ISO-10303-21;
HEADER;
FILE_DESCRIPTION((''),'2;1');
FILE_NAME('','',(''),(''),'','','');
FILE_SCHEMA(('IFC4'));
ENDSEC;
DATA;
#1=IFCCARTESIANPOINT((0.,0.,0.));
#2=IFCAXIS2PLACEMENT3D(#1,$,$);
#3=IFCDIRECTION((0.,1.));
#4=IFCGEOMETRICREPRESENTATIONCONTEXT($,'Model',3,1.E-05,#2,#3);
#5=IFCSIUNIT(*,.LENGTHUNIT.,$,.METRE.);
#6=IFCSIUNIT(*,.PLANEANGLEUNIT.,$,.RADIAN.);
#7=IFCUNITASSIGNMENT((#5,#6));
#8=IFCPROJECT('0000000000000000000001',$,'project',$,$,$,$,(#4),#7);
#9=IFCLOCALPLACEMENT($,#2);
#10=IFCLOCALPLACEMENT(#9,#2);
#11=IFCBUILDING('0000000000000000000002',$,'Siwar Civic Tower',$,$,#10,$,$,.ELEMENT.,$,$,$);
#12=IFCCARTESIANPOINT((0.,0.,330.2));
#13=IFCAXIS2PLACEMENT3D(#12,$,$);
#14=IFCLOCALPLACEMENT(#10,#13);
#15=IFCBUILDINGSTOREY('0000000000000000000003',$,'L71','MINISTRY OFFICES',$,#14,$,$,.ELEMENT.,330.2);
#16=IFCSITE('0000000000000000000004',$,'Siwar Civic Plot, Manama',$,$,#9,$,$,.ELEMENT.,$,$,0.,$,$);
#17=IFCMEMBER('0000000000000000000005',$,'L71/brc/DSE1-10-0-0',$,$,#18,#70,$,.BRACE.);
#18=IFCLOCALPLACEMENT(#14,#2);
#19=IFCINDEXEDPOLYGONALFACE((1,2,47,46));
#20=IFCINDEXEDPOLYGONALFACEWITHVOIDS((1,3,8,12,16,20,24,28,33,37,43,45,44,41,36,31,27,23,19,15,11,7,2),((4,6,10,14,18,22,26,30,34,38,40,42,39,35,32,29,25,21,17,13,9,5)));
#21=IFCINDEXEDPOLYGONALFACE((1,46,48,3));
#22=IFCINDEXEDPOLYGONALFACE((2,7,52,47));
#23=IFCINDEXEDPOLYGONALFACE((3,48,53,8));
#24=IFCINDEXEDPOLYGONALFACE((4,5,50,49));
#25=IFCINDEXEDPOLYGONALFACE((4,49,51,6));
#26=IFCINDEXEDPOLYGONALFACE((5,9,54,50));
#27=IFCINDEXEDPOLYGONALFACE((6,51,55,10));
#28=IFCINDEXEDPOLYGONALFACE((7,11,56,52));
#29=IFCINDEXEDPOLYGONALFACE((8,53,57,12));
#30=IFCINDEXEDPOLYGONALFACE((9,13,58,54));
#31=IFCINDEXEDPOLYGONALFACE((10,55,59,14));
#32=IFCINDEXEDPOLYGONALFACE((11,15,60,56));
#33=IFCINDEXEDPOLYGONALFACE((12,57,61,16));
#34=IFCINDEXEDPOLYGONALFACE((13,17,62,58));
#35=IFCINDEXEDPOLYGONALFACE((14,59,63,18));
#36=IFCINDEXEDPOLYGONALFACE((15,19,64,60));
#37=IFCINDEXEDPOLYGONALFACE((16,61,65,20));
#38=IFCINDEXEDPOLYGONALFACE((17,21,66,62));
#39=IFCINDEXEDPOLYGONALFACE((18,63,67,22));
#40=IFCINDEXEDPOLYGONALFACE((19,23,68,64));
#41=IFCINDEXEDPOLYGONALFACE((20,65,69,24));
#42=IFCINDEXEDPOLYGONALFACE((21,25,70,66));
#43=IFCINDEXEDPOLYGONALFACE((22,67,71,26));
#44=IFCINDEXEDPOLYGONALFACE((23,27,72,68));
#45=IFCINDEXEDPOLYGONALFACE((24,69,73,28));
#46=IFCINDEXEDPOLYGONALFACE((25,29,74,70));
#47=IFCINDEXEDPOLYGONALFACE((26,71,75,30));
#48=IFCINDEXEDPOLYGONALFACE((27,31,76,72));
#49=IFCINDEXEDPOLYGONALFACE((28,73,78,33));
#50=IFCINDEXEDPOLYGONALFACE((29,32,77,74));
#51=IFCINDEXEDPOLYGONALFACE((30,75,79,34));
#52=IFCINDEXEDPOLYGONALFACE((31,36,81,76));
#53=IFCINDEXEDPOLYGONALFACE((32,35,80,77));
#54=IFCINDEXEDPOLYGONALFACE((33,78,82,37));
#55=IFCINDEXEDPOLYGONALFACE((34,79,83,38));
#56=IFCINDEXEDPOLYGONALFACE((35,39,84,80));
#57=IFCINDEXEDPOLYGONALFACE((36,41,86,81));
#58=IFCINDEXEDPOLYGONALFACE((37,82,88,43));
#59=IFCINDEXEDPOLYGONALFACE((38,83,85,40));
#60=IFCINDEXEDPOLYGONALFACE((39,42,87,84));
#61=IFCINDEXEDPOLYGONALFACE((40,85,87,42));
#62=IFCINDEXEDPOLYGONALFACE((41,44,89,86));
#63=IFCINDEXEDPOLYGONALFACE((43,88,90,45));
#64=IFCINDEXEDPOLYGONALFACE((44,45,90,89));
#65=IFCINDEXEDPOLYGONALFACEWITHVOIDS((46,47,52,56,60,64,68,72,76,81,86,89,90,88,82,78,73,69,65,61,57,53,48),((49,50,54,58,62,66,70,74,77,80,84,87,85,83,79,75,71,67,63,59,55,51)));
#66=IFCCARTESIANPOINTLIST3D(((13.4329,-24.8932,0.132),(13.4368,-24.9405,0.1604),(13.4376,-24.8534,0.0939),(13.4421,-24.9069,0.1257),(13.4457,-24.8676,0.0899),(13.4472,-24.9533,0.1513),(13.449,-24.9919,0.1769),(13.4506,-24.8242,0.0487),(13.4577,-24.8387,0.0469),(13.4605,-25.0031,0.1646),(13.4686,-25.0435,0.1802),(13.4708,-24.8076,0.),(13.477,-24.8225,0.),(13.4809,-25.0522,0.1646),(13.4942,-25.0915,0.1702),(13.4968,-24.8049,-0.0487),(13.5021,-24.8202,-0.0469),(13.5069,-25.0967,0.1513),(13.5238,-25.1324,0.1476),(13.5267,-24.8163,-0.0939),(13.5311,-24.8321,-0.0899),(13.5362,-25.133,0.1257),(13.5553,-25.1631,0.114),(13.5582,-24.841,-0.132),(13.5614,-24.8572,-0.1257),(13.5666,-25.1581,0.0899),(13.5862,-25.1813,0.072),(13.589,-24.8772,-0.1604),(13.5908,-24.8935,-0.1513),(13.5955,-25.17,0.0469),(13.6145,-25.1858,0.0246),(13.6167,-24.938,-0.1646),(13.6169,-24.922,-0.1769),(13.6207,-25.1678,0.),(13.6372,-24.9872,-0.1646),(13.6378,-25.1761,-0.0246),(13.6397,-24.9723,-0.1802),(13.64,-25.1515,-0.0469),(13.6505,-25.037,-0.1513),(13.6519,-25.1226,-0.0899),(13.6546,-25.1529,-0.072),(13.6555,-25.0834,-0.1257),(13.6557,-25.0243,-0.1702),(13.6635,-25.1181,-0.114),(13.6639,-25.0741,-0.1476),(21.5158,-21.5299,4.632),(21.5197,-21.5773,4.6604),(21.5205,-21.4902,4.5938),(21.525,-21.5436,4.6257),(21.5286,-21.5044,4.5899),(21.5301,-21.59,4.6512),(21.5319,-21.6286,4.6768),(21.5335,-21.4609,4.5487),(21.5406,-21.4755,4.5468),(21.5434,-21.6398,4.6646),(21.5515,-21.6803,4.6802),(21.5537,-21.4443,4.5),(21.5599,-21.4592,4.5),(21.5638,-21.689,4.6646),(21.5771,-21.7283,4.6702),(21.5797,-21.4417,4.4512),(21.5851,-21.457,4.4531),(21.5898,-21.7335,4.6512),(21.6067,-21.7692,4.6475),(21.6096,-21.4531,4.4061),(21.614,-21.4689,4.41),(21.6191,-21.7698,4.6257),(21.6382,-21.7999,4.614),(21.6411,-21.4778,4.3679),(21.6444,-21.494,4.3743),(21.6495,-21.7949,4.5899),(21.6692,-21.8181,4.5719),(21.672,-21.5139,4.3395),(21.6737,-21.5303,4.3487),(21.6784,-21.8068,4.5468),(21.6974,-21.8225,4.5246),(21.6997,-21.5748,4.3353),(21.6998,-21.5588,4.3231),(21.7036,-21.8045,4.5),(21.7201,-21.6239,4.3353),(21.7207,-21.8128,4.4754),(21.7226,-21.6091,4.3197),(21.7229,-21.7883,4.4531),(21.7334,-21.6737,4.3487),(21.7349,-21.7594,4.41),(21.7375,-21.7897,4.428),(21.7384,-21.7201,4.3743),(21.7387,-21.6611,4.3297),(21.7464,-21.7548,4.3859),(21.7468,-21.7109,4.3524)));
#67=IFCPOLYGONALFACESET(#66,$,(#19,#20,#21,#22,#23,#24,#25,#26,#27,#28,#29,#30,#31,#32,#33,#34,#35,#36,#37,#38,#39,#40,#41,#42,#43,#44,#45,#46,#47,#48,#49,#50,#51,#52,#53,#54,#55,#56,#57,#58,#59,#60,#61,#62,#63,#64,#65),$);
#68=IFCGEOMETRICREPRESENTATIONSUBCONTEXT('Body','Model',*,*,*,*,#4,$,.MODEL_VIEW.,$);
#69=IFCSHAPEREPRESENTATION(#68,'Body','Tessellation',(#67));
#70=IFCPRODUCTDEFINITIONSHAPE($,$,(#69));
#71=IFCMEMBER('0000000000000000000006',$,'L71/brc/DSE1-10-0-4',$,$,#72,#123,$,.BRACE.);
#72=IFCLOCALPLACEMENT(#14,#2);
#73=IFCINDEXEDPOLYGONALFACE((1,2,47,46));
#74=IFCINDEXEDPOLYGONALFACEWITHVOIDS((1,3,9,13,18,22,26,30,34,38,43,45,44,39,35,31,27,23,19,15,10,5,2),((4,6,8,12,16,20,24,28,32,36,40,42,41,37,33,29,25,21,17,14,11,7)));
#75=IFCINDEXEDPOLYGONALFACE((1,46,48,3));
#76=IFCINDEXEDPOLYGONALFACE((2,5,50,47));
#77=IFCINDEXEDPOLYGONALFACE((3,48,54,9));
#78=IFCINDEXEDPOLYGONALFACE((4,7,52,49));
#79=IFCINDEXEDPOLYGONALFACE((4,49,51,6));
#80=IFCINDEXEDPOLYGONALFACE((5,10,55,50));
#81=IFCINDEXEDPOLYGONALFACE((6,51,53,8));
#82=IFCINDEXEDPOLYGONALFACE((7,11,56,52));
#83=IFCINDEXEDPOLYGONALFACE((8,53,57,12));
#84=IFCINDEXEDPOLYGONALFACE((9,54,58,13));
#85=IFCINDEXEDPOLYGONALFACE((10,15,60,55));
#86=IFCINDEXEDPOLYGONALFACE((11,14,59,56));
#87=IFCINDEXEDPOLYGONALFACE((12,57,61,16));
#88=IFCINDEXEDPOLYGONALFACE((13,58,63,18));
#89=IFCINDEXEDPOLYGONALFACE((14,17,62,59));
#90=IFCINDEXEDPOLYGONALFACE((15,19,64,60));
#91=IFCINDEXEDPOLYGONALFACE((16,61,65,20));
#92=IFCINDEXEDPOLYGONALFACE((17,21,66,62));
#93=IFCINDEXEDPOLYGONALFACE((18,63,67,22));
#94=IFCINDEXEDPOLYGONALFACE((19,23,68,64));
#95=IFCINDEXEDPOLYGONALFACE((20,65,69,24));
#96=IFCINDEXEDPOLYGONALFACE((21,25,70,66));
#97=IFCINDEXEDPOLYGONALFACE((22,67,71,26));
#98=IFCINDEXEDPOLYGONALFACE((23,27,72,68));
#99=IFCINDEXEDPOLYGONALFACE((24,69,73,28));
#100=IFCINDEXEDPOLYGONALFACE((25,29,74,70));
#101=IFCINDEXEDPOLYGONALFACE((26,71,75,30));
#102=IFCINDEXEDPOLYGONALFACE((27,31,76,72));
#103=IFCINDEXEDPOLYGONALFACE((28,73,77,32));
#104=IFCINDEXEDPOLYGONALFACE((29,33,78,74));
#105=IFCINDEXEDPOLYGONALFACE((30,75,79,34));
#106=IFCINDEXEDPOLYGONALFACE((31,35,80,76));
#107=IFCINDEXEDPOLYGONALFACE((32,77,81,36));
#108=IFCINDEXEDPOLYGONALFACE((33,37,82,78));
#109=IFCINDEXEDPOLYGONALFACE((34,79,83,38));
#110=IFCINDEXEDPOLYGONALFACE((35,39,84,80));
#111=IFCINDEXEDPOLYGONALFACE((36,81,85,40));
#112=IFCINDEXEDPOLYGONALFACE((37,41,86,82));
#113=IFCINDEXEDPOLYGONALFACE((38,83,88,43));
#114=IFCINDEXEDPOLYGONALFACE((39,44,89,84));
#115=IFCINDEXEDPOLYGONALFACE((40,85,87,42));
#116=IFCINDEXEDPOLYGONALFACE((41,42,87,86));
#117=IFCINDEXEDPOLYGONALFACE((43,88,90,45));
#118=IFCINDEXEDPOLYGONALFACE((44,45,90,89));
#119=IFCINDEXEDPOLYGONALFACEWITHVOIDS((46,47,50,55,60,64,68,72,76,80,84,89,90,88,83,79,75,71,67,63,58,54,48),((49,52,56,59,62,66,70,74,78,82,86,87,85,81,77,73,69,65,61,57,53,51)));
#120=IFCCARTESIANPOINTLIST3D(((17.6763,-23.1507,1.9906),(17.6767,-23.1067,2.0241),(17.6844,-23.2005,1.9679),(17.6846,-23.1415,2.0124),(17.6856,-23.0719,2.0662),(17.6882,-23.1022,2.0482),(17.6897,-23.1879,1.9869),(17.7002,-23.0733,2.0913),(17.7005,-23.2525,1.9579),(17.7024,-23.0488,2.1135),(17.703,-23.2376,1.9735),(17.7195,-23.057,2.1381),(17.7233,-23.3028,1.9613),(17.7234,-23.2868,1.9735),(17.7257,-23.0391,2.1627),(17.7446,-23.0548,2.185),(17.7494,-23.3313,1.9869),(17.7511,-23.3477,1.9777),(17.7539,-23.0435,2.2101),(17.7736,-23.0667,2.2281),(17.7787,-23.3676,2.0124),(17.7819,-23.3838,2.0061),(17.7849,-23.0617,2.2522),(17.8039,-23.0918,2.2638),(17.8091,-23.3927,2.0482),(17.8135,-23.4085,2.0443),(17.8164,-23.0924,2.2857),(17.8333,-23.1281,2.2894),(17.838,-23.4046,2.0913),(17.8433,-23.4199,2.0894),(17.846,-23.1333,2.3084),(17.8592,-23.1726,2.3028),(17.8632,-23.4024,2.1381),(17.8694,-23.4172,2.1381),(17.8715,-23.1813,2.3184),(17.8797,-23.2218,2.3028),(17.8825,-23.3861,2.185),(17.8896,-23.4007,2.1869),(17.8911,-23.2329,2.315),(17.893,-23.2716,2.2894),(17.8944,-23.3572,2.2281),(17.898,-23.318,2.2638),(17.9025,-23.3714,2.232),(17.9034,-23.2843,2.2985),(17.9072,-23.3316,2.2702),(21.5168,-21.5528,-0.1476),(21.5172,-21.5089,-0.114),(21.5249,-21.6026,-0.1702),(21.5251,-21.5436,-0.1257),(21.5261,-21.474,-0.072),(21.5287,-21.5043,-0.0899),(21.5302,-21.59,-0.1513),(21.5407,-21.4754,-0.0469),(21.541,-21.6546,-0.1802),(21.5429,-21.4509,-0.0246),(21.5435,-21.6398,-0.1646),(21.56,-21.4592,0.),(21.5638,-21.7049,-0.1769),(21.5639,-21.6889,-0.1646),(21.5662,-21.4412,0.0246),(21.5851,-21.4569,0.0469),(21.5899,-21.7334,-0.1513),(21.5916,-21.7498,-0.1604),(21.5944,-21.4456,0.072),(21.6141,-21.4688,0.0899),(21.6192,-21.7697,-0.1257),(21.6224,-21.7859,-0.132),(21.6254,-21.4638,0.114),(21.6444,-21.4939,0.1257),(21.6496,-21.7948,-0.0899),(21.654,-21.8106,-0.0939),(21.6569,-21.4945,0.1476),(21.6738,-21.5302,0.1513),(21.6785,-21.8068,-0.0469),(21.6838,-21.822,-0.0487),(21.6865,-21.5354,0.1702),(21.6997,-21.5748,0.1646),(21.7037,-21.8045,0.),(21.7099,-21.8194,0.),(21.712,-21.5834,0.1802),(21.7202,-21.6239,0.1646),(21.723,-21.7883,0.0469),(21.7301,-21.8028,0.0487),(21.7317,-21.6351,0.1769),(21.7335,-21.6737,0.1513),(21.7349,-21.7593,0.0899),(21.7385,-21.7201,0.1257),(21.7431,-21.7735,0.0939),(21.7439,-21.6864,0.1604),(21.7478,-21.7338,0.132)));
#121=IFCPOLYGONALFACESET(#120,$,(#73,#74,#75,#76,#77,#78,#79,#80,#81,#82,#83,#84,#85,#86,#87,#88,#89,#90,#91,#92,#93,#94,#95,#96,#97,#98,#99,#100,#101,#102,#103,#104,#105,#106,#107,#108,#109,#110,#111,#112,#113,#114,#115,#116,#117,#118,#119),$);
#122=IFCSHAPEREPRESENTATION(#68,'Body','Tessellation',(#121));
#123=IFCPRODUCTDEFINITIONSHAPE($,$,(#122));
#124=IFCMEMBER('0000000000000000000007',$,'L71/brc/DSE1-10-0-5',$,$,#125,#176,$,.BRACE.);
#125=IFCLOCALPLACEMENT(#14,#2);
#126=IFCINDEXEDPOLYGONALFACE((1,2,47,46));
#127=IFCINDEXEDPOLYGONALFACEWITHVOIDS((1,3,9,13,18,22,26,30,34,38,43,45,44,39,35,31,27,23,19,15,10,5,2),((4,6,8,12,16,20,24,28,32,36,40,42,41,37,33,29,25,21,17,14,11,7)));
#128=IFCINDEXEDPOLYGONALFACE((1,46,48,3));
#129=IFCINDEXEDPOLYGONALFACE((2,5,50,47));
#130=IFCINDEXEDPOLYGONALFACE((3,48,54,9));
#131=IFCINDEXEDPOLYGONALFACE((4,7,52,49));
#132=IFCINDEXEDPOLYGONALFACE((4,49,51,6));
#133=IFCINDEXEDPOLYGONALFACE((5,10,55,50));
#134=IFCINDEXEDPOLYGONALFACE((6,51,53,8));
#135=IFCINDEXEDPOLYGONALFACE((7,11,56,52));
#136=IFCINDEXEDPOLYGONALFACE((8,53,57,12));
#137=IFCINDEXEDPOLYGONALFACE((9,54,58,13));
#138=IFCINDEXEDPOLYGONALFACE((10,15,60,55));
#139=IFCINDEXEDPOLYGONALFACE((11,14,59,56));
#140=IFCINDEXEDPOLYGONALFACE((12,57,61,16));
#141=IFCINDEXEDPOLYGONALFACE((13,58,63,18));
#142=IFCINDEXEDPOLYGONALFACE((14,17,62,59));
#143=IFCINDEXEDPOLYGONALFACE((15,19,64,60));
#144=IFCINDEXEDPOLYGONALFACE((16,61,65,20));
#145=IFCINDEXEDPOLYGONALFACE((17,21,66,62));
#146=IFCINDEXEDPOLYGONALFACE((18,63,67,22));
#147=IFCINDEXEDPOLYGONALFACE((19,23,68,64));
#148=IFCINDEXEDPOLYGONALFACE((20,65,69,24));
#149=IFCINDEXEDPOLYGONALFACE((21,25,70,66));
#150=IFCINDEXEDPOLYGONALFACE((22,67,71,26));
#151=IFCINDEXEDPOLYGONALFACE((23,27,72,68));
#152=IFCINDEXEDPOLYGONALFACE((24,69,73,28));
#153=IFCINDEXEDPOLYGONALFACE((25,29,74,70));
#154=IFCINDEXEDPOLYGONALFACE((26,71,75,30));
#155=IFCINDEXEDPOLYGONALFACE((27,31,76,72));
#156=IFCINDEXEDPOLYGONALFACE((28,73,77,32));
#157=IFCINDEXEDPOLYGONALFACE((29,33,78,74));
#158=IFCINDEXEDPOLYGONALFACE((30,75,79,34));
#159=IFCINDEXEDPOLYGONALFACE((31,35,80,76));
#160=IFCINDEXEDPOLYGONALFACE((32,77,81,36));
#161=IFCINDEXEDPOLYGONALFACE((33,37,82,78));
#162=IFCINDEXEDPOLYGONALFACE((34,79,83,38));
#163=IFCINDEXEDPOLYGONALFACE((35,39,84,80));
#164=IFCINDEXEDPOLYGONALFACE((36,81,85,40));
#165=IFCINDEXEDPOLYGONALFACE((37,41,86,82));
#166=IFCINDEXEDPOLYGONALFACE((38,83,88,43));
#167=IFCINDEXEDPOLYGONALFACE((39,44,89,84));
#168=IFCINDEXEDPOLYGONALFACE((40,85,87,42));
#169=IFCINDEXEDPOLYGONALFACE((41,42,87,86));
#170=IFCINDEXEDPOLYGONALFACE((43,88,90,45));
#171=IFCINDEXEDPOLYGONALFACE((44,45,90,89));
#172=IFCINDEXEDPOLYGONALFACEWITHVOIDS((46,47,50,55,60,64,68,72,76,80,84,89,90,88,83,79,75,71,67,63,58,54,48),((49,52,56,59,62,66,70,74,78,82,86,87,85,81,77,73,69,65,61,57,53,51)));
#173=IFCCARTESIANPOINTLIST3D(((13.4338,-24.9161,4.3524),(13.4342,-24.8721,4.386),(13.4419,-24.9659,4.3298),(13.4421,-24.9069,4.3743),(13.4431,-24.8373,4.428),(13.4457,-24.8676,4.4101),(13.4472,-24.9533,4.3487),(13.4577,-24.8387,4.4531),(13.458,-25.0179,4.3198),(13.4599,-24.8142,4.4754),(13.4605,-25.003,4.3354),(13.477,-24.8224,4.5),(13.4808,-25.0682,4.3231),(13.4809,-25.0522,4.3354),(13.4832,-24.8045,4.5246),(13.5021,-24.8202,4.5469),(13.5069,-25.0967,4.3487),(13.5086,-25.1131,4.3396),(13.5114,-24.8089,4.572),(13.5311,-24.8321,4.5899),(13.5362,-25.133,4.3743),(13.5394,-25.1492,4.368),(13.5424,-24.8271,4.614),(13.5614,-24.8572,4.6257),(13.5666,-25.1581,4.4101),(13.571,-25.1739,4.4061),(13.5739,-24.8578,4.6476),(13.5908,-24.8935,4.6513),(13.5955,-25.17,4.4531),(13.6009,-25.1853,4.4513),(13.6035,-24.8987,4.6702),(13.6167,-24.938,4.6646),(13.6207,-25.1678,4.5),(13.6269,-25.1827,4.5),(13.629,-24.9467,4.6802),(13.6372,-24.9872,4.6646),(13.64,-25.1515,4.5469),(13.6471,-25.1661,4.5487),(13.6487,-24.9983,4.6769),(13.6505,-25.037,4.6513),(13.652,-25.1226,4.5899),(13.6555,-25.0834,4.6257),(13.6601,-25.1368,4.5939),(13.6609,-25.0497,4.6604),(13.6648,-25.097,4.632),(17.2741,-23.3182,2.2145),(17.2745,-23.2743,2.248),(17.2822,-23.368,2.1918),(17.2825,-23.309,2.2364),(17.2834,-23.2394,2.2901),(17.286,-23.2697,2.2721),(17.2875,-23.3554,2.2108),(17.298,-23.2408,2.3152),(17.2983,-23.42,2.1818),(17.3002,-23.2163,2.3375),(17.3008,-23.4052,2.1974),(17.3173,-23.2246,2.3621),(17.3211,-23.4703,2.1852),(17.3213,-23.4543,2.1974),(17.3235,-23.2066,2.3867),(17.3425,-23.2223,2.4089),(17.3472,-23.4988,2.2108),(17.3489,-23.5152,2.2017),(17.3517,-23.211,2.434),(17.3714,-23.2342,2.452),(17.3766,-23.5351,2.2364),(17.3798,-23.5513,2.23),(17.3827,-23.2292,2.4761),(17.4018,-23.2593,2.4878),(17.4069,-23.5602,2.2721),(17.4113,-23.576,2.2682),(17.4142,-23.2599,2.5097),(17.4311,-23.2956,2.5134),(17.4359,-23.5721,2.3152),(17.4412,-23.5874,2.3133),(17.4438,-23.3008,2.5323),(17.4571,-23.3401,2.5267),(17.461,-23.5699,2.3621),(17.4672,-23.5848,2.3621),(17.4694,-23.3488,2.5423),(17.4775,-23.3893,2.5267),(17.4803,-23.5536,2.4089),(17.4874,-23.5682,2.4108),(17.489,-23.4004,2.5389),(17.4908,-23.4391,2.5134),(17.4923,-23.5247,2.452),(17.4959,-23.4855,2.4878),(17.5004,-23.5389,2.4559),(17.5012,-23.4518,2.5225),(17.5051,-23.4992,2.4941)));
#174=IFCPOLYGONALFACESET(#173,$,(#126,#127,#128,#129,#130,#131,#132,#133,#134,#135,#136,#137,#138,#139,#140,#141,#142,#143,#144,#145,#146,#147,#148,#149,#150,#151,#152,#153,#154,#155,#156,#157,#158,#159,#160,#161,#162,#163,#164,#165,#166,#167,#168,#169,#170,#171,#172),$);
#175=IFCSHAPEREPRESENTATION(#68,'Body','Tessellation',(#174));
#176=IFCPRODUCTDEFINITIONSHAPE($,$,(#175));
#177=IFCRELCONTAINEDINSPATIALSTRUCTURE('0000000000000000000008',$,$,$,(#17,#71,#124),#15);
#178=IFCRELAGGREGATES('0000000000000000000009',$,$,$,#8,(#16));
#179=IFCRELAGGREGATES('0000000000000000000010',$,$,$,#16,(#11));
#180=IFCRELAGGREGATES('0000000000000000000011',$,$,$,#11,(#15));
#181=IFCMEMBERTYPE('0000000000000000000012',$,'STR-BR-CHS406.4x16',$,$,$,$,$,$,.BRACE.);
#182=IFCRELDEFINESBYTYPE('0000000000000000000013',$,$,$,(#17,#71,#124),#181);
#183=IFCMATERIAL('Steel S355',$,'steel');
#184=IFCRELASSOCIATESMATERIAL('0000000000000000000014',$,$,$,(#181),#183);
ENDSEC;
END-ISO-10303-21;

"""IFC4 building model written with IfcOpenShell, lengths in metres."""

from ifc_helpers import new_model, si_unit, direction, frame, origin, origin_2d, place, context, subcontext, project, spatial, hollow_circle, extrude, material, material_profile, profile_set, type_object, element, save


model = new_model("IFC4")

# Units and contexts
model_context = context("Model", 3, precision=1e-05, world=origin(), true_north=direction((0.0, 1.0)))
body_context = subcontext(model_context, "Body", "Model", "MODEL_VIEW")
ifc_project = project(units=[si_unit("LENGTHUNIT", "METRE"), si_unit("PLANEANGLEUNIT", "RADIAN")], contexts=[model_context])

# Site, building, storey
site_placement = place(None, origin())
site = spatial("IfcSite", under=ifc_project, at=site_placement, Name="Siwar Civic Plot, Manama", CompositionType="ELEMENT", RefElevation=0.0)
building_placement = place(site_placement, origin())
building = spatial("IfcBuilding", under=site, at=building_placement, Name="Siwar Civic Tower", CompositionType="ELEMENT")
storey_placement = place(building_placement, frame((0.0, 0.0, 330.2)))
storey = spatial("IfcBuildingStorey", under=building, at=storey_placement, Name="L71", Description="MINISTRY OFFICES", CompositionType="ELEMENT", Elevation=330.2)

# Members
ifc_material_1 = material(Name="Steel S355", Category="steel")
ifc_material_profile_1 = material_profile(ifc_material_1, hollow_circle(Radius=0.2031, WallThickness=0.0161, at=origin_2d()), Name="CHS406.4x16")
ifc_profile_set_1 = profile_set([ifc_material_profile_1], Name="Steel S355")
member_type_1 = type_object("IfcMemberType", Name="STR-BR-CHS406.4x16", PredefinedType="BRACE", material=ifc_profile_set_1)
member_1_placement = place(storey_placement, frame((13.5488, -24.9951, 0.0), z_axis=(0.821143, 0.341671, 0.457149), x_axis=(-0.384164, 0.923265, 0.0)))
element("IfcMember", 1, at=member_1_placement, inside=storey, type_object=member_type_1, Name="L71/brc/DSE1-10-0-0", PredefinedType="BRACE", context=body_context, shape_type="SweptSolid", body=[
    extrude(hollow_circle(Radius=0.2031, WallThickness=0.0161, at=origin_2d()), origin(), (0.0, 0.0, 1.0), 9.8435),
])
member_2_placement = place(storey_placement, frame((21.6318, -21.6318, 0.0), z_axis=(-0.821147, -0.341644, 0.457161), x_axis=(0.384136, -0.923276, 0.0)))
element("IfcMember", 2, at=member_2_placement, inside=storey, type_object=member_type_1, Name="L71/brc/DSE1-10-0-4", PredefinedType="BRACE", context=body_context, shape_type="SweptSolid", body=[
    extrude(hollow_circle(Radius=0.2031, WallThickness=0.0161, at=origin_2d()), origin(), (0.0, 0.0, 1.0), 4.677),
])
member_3_placement = place(storey_placement, frame((17.3892, -23.3972, 2.3621), z_axis=(-0.82115, -0.341667, 0.45714), x_axis=(0.384157, -0.923268, 0.0)))
element("IfcMember", 3, at=member_3_placement, inside=storey, type_object=member_type_1, Name="L71/brc/DSE1-10-0-5", PredefinedType="BRACE", context=body_context, shape_type="SweptSolid", body=[
    extrude(hollow_circle(Radius=0.2031, WallThickness=0.0161, at=origin_2d()), origin(), (0.0, 0.0, 1.0), 4.6768),
])

save(model, "model.ifc")
